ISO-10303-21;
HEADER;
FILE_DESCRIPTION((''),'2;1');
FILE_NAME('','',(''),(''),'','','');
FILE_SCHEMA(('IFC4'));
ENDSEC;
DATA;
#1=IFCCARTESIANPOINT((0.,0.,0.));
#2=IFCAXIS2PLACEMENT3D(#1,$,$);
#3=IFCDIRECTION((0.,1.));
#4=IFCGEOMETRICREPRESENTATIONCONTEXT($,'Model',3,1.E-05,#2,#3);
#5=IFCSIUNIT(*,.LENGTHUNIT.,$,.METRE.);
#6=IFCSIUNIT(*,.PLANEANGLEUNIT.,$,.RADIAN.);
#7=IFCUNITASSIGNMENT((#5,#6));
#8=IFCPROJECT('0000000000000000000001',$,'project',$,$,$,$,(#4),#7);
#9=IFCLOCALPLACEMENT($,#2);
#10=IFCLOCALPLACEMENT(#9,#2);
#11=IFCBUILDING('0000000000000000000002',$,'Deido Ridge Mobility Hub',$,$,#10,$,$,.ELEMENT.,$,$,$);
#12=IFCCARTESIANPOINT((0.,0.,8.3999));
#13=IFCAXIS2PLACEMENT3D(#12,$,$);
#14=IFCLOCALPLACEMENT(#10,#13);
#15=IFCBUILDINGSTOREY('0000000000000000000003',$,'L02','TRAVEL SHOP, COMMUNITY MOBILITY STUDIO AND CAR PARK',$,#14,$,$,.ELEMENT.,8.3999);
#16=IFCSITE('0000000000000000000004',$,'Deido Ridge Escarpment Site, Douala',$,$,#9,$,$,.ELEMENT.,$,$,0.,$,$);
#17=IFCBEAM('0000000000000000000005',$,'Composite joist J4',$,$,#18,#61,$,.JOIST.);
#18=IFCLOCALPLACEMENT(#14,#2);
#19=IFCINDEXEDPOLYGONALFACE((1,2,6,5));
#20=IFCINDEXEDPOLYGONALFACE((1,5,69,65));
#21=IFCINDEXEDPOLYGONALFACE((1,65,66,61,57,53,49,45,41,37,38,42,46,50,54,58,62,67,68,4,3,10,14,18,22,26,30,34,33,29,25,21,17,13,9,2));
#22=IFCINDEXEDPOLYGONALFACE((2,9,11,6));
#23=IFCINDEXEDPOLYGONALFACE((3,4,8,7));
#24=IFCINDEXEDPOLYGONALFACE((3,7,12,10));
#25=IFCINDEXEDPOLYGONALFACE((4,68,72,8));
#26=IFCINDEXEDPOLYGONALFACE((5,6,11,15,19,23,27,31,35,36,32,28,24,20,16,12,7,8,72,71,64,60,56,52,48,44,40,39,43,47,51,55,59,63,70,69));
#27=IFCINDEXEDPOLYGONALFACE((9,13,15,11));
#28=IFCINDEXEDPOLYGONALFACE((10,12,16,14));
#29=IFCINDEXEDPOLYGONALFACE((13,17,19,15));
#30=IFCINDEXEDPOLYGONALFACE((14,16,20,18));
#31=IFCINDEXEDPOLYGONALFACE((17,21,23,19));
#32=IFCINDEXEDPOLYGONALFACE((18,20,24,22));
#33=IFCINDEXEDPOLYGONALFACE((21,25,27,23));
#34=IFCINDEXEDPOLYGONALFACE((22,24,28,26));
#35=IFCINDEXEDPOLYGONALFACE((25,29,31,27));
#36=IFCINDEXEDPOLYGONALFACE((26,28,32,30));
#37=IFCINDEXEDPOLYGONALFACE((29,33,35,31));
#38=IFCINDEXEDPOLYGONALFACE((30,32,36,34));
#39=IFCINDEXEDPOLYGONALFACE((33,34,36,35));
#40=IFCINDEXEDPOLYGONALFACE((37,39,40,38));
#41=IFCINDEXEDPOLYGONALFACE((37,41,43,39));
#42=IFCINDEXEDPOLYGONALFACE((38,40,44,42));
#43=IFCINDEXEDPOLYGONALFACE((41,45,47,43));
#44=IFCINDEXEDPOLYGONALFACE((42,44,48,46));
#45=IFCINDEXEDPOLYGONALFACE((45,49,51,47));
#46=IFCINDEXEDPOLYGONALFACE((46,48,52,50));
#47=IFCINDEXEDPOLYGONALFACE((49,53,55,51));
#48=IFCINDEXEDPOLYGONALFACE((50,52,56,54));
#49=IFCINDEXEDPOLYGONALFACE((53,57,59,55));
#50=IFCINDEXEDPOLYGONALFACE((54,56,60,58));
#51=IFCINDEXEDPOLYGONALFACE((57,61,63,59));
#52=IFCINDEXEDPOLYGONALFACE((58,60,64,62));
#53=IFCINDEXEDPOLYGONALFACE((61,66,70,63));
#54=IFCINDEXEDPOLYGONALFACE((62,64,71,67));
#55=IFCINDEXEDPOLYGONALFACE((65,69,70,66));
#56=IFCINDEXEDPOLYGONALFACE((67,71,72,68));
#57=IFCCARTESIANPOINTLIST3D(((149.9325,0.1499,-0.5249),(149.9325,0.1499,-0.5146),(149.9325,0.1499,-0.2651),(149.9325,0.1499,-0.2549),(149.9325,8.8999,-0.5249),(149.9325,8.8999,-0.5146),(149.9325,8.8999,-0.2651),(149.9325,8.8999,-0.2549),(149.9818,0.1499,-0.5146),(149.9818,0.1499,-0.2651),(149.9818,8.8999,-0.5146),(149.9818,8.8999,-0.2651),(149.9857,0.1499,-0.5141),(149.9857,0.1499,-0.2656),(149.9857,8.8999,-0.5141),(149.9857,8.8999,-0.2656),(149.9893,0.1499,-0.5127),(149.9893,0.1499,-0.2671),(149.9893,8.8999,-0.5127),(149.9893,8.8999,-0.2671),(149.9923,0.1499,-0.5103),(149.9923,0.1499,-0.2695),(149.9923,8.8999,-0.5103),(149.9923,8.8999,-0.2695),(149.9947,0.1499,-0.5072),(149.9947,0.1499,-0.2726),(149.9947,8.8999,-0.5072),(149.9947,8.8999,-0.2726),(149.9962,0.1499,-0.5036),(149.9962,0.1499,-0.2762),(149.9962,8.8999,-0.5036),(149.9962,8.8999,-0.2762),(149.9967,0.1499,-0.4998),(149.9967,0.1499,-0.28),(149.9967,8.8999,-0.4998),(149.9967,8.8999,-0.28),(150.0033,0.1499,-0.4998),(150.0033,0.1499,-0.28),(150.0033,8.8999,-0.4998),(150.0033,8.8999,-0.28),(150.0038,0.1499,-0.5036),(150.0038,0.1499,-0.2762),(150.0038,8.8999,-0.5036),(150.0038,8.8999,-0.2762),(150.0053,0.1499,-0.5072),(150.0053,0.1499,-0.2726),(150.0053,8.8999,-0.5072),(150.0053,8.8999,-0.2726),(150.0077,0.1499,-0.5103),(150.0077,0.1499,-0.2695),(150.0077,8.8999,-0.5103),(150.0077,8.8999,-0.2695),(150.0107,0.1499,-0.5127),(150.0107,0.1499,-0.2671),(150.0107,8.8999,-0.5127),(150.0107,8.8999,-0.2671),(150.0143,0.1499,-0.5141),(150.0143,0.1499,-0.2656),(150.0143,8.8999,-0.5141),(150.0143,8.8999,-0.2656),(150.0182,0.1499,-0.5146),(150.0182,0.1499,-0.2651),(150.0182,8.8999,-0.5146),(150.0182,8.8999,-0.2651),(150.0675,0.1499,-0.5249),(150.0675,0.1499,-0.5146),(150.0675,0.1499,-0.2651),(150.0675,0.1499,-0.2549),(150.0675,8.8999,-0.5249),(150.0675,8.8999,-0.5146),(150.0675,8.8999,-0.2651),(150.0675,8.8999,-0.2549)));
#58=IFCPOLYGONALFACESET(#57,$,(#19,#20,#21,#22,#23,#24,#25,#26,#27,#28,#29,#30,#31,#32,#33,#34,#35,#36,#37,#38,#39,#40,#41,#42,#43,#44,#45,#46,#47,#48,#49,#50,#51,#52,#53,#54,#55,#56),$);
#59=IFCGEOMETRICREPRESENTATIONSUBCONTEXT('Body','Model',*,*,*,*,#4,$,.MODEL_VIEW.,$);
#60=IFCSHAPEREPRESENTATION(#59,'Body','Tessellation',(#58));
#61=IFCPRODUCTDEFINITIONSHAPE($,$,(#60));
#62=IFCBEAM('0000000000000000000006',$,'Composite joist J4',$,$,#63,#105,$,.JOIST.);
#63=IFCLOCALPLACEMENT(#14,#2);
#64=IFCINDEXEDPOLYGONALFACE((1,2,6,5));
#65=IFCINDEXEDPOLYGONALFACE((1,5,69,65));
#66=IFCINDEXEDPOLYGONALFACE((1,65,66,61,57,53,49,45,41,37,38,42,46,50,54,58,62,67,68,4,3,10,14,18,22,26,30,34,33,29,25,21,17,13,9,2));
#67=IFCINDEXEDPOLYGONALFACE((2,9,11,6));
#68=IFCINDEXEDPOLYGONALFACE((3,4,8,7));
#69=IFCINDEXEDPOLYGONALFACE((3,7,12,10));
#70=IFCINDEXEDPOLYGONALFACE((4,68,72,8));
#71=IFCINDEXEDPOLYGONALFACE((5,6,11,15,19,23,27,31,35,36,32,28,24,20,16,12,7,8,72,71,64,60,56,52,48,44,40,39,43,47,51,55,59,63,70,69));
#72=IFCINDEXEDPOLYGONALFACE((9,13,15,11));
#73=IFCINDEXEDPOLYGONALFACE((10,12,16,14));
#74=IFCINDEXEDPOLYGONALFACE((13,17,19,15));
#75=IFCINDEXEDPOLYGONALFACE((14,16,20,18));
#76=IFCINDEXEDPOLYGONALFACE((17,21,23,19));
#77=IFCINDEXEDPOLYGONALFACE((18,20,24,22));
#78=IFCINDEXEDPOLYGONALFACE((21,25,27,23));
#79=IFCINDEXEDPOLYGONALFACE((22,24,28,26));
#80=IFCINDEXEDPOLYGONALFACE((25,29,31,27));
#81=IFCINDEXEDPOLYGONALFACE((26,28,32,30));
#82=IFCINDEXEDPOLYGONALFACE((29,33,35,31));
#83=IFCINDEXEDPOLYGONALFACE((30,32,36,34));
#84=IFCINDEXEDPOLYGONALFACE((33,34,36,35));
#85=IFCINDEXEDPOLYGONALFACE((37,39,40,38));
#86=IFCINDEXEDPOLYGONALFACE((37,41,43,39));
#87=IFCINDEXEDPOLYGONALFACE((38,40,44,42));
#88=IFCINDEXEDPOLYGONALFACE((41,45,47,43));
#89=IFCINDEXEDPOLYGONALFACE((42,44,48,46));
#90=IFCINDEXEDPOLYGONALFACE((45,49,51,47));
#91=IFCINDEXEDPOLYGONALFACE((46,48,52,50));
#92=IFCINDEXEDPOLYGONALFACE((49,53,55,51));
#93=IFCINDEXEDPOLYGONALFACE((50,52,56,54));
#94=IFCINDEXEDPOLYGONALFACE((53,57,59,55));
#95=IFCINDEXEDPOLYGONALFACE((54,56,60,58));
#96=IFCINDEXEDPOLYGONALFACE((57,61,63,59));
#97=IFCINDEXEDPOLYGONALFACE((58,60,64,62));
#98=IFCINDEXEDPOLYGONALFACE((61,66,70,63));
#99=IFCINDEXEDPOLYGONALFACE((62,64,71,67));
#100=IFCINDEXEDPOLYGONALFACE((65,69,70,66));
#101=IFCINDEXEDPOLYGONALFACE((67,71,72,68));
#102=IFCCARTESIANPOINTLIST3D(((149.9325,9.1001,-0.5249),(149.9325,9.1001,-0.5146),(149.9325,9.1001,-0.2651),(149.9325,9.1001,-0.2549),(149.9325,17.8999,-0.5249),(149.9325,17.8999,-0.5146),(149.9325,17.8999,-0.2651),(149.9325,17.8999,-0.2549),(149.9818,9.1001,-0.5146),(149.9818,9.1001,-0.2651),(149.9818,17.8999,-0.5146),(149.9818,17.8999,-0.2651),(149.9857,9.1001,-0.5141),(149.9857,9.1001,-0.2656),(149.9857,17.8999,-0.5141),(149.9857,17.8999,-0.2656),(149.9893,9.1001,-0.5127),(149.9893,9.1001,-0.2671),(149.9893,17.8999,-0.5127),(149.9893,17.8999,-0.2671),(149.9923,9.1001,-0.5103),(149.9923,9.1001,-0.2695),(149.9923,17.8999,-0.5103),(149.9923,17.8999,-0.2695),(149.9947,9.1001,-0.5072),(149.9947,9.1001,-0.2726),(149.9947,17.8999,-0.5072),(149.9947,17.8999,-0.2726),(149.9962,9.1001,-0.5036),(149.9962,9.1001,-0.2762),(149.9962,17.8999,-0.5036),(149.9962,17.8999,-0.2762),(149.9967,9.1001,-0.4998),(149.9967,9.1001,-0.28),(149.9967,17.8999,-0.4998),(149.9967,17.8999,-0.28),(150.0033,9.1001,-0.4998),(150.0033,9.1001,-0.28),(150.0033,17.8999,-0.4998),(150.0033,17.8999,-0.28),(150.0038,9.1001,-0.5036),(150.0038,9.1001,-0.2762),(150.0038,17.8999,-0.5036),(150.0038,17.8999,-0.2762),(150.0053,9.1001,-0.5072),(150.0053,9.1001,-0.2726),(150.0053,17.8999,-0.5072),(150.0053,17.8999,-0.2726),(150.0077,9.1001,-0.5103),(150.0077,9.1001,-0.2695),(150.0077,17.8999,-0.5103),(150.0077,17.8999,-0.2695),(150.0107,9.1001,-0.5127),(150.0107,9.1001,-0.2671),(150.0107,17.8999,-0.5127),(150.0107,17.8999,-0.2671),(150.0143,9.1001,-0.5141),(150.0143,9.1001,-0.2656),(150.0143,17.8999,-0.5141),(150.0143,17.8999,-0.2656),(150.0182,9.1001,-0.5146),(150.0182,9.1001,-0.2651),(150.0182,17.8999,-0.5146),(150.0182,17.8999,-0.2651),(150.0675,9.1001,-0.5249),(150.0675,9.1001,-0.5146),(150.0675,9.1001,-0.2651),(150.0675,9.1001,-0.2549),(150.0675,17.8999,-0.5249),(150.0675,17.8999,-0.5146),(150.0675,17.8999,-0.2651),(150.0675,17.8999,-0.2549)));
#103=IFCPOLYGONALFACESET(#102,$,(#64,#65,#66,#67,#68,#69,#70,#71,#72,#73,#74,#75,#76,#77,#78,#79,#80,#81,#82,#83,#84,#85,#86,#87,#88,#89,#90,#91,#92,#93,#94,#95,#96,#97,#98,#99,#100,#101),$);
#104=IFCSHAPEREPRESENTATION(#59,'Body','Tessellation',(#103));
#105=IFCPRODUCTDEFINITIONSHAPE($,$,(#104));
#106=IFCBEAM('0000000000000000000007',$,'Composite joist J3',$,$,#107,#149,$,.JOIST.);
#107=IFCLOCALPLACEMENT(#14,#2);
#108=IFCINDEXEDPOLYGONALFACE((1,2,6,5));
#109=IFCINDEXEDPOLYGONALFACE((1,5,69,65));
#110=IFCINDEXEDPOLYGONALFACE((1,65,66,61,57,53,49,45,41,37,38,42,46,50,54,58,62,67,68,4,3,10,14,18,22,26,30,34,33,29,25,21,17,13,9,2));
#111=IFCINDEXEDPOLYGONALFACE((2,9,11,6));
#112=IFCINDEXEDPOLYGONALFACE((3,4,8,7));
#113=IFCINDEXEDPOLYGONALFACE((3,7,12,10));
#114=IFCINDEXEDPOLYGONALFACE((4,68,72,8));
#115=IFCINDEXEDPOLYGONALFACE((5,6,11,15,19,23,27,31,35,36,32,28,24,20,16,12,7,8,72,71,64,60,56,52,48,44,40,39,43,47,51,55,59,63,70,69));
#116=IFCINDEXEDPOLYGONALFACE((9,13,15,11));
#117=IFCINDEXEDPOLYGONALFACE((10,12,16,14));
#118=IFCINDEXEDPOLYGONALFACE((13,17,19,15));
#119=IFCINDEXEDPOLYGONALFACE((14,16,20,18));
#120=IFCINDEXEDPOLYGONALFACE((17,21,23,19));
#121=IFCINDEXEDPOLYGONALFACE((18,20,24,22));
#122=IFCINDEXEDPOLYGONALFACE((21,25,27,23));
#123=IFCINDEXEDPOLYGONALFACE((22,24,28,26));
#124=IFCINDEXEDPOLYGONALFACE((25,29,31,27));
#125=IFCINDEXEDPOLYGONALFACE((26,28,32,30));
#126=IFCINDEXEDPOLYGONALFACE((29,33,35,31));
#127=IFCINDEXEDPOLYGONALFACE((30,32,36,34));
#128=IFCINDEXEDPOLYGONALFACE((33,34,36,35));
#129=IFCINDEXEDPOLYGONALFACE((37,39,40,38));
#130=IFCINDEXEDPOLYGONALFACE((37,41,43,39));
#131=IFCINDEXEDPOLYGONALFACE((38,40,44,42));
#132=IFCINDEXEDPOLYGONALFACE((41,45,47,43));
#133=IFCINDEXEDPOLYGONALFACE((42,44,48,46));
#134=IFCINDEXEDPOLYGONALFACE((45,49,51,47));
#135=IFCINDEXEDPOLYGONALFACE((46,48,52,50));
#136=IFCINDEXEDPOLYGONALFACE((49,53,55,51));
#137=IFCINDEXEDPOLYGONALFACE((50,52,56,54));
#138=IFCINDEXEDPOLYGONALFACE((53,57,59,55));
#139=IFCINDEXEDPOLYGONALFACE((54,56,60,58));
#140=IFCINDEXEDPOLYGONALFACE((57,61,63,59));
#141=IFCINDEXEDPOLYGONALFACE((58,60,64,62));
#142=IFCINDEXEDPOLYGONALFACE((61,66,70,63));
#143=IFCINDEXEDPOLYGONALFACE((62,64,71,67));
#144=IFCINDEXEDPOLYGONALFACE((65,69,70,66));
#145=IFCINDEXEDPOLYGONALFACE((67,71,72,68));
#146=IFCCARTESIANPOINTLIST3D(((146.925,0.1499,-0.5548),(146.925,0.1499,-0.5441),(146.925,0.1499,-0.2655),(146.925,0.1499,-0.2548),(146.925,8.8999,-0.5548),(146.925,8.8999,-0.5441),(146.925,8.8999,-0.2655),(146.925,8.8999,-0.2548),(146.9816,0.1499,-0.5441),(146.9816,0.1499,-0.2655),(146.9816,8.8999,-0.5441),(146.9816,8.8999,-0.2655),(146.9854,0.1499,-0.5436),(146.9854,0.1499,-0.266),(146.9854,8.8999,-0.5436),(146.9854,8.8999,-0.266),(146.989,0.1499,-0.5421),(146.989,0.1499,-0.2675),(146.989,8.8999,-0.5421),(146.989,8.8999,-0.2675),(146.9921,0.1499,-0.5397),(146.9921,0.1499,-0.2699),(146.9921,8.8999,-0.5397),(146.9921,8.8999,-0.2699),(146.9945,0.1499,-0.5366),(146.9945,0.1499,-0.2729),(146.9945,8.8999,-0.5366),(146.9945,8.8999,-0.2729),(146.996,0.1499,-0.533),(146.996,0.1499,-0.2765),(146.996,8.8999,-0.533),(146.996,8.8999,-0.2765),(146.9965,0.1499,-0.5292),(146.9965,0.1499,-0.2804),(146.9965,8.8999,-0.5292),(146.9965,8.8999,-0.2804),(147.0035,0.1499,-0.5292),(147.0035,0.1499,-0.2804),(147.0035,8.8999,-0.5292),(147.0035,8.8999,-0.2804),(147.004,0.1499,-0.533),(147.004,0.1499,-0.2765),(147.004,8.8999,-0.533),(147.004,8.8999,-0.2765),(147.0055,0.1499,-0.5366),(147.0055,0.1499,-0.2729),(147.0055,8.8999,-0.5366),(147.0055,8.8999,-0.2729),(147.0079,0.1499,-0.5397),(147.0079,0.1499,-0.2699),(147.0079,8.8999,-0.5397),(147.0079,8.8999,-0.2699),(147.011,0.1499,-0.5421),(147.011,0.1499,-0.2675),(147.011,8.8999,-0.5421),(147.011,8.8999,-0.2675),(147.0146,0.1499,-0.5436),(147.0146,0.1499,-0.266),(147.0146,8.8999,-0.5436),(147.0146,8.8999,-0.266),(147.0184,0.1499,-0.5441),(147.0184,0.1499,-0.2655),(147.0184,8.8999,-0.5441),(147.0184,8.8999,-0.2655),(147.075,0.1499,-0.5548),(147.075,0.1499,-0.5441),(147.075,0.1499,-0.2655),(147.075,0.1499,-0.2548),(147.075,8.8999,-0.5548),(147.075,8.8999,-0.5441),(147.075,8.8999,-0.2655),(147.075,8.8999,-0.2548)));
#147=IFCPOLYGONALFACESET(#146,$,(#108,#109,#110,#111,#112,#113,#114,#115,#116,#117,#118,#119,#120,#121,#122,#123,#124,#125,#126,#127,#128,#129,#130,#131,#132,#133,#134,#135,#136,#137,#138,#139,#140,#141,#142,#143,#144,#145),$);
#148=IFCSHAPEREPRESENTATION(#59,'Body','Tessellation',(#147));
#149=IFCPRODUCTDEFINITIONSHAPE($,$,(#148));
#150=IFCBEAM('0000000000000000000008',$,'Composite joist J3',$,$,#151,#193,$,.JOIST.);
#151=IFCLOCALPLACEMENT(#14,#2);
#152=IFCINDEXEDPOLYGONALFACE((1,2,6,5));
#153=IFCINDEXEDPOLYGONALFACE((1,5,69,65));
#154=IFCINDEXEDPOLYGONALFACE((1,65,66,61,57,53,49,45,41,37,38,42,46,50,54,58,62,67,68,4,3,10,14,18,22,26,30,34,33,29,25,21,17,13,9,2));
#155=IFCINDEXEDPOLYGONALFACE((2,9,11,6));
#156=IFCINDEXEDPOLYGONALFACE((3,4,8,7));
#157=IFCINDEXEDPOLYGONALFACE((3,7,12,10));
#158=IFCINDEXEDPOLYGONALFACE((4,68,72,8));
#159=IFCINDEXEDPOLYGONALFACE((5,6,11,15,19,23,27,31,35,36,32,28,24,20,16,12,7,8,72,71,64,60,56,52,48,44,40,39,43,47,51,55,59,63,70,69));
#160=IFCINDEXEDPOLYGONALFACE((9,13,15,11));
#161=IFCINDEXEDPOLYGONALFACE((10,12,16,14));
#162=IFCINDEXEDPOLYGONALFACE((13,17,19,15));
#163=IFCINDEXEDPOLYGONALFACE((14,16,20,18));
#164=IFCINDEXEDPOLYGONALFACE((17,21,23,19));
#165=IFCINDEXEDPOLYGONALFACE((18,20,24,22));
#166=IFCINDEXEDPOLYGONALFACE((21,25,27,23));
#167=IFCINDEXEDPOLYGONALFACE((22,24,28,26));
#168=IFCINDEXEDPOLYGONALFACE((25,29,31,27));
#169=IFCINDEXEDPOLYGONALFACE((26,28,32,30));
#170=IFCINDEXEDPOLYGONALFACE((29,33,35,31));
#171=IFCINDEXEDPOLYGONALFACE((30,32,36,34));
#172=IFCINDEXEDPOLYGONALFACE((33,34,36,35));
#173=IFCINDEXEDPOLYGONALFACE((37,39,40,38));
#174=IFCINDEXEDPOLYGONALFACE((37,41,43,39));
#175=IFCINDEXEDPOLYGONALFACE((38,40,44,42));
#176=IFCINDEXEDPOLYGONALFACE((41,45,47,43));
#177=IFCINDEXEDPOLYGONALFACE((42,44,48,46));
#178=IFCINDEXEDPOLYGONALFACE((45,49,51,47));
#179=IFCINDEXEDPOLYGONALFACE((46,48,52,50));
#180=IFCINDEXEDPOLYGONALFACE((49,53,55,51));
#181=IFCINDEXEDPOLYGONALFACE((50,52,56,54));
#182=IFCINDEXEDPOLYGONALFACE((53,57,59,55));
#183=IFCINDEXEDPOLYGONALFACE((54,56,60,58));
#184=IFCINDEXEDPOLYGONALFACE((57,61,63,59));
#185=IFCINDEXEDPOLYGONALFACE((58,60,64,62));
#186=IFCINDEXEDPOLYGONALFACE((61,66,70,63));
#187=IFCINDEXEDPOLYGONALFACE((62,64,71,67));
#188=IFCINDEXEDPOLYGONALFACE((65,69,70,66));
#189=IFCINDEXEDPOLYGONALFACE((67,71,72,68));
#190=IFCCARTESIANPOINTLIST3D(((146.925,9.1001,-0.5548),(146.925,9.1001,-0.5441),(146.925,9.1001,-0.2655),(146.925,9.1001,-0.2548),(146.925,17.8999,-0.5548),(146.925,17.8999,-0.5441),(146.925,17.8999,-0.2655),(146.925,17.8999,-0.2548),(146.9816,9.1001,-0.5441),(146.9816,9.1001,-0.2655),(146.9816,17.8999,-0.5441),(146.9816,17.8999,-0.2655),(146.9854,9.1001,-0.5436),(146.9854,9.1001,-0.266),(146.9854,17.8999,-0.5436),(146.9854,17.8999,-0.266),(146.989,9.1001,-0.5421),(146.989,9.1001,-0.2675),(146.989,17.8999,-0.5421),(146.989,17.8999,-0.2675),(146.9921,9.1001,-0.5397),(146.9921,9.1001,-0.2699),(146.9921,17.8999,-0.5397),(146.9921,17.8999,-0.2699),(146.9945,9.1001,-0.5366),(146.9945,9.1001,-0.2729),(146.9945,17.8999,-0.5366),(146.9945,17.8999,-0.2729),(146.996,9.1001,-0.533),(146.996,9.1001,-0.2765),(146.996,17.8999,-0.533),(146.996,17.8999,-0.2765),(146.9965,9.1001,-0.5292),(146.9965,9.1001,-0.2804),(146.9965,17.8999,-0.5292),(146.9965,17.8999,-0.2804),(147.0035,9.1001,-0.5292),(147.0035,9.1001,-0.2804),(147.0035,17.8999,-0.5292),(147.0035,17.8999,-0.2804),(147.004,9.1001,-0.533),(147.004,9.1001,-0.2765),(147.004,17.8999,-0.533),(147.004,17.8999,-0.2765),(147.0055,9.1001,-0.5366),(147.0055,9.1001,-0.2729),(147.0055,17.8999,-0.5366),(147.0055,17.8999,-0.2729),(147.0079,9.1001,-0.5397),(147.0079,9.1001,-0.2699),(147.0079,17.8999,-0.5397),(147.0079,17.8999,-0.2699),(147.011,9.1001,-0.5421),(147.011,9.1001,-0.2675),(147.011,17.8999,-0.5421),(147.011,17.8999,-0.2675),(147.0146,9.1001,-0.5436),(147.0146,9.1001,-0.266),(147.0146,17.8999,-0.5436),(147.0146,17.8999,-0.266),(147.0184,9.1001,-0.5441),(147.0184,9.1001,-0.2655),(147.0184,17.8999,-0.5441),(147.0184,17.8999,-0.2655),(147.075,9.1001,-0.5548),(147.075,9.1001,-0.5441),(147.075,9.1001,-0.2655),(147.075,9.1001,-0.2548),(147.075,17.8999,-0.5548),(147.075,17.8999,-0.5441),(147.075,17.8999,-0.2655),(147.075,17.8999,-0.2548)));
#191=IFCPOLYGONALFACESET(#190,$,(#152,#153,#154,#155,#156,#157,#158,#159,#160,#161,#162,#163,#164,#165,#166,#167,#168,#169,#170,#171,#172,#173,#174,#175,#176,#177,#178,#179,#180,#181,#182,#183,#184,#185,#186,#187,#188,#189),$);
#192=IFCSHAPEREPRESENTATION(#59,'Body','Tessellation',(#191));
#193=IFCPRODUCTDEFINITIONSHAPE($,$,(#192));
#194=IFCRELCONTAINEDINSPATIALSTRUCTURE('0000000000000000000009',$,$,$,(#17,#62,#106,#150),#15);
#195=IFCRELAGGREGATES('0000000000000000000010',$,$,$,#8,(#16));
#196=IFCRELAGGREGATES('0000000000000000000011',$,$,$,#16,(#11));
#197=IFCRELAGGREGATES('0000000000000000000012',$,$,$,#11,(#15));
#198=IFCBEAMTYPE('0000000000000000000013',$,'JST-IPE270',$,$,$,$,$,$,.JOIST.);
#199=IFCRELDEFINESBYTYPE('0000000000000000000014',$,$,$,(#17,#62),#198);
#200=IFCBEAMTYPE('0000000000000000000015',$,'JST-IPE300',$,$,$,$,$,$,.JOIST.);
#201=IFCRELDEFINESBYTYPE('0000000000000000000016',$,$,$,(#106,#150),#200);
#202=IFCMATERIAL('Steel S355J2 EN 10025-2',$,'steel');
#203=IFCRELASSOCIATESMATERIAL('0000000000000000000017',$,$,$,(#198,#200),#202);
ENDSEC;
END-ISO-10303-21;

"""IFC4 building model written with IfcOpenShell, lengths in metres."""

from ifc_helpers import new_model, si_unit, direction, frame, origin, origin_2d, place, context, subcontext, project, spatial, i_section, extrude, material, material_profile, profile_set, type_object, element, save


model = new_model("IFC4")

# Units and contexts
model_context = context("Model", 3, precision=1e-05, world=origin(), true_north=direction((0.0, 1.0)))
body_context = subcontext(model_context, "Body", "Model", "MODEL_VIEW")
ifc_project = project(units=[si_unit("LENGTHUNIT", "METRE"), si_unit("PLANEANGLEUNIT", "RADIAN")], contexts=[model_context])

# Site, building, storey
site_placement = place(None, origin())
site = spatial("IfcSite", under=ifc_project, at=site_placement, Name="Deido Ridge Escarpment Site, Douala", CompositionType="ELEMENT", RefElevation=0.0)
building_placement = place(site_placement, origin())
building = spatial("IfcBuilding", under=site, at=building_placement, Name="Deido Ridge Mobility Hub", CompositionType="ELEMENT")
storey_placement = place(building_placement, frame((0.0, 0.0, 8.3999)))
storey = spatial("IfcBuildingStorey", under=building, at=storey_placement, Name="L02", Description="TRAVEL SHOP, COMMUNITY MOBILITY STUDIO AND CAR PARK", CompositionType="ELEMENT", Elevation=8.3999)

# Shared definitions
ifc_material_1 = material(Name="Steel S355J2 EN 10025-2", Category="steel")

# Beams
ifc_material_profile_1 = material_profile(ifc_material_1, i_section(OverallWidth=0.135, OverallDepth=0.27, WebThickness=0.0066, FlangeThickness=0.0103, FilletRadius=0.0149, at=origin_2d()), Name="IPE 270")
ifc_profile_set_1 = profile_set([ifc_material_profile_1], Name="Steel S355J2 EN 10025-2")
beam_type_1 = type_object("IfcBeamType", Name="JST-IPE270", PredefinedType="JOIST", material=ifc_profile_set_1)
beam_1_placement = place(storey_placement, frame((150.0, 0.1499, -0.3899), z_axis=(0.0, 1.0, 0.0), x_axis=(-1.0, 0.0, 0.0)))
element("IfcBeam", 1, at=beam_1_placement, inside=storey, type_object=beam_type_1, Name="Composite joist J4", PredefinedType="JOIST", context=body_context, shape_type="SweptSolid", body=[
    extrude(i_section(OverallWidth=0.135, OverallDepth=0.27, WebThickness=0.0066, FlangeThickness=0.0103, FilletRadius=0.0149, at=origin_2d()), origin(), (0.0, 0.0, 1.0), 8.75),
])
beam_2_placement = place(storey_placement, frame((150.0, 9.1001, -0.3899), z_axis=(0.0, 1.0, 0.0), x_axis=(-1.0, 0.0, 0.0)))
element("IfcBeam", 2, at=beam_2_placement, inside=storey, type_object=beam_type_1, Name="Composite joist J4", PredefinedType="JOIST", context=body_context, shape_type="SweptSolid", body=[
    extrude(i_section(OverallWidth=0.135, OverallDepth=0.27, WebThickness=0.0066, FlangeThickness=0.0103, FilletRadius=0.0149, at=origin_2d()), origin(), (0.0, 0.0, 1.0), 8.7998),
])
ifc_material_profile_2 = material_profile(ifc_material_1, i_section(OverallWidth=0.1499, OverallDepth=0.3, WebThickness=0.0071, FlangeThickness=0.0107, FilletRadius=0.0149, at=origin_2d()), Name="IPE 300")
ifc_profile_set_2 = profile_set([ifc_material_profile_2], Name="Steel S355J2 EN 10025-2")
beam_type_2 = type_object("IfcBeamType", Name="JST-IPE300", PredefinedType="JOIST", material=ifc_profile_set_2)
beam_3_placement = place(storey_placement, frame((147.0, 0.1499, -0.4048), z_axis=(0.0, 1.0, 0.0), x_axis=(-1.0, 0.0, 0.0)))
element("IfcBeam", 3, at=beam_3_placement, inside=storey, type_object=beam_type_2, Name="Composite joist J3", PredefinedType="JOIST", context=body_context, shape_type="SweptSolid", body=[
    extrude(i_section(OverallWidth=0.1499, OverallDepth=0.3, WebThickness=0.0071, FlangeThickness=0.0107, FilletRadius=0.0149, at=origin_2d()), origin(), (0.0, 0.0, 1.0), 8.75),
])
beam_4_placement = place(storey_placement, frame((147.0, 9.1001, -0.4048), z_axis=(0.0, 1.0, 0.0), x_axis=(-1.0, 0.0, 0.0)))
element("IfcBeam", 4, at=beam_4_placement, inside=storey, type_object=beam_type_2, Name="Composite joist J3", PredefinedType="JOIST", context=body_context, shape_type="SweptSolid", body=[
    extrude(i_section(OverallWidth=0.1499, OverallDepth=0.3, WebThickness=0.0071, FlangeThickness=0.0107, FilletRadius=0.0149, at=origin_2d()), origin(), (0.0, 0.0, 1.0), 8.7998),
])

save(model, "model.ifc")
